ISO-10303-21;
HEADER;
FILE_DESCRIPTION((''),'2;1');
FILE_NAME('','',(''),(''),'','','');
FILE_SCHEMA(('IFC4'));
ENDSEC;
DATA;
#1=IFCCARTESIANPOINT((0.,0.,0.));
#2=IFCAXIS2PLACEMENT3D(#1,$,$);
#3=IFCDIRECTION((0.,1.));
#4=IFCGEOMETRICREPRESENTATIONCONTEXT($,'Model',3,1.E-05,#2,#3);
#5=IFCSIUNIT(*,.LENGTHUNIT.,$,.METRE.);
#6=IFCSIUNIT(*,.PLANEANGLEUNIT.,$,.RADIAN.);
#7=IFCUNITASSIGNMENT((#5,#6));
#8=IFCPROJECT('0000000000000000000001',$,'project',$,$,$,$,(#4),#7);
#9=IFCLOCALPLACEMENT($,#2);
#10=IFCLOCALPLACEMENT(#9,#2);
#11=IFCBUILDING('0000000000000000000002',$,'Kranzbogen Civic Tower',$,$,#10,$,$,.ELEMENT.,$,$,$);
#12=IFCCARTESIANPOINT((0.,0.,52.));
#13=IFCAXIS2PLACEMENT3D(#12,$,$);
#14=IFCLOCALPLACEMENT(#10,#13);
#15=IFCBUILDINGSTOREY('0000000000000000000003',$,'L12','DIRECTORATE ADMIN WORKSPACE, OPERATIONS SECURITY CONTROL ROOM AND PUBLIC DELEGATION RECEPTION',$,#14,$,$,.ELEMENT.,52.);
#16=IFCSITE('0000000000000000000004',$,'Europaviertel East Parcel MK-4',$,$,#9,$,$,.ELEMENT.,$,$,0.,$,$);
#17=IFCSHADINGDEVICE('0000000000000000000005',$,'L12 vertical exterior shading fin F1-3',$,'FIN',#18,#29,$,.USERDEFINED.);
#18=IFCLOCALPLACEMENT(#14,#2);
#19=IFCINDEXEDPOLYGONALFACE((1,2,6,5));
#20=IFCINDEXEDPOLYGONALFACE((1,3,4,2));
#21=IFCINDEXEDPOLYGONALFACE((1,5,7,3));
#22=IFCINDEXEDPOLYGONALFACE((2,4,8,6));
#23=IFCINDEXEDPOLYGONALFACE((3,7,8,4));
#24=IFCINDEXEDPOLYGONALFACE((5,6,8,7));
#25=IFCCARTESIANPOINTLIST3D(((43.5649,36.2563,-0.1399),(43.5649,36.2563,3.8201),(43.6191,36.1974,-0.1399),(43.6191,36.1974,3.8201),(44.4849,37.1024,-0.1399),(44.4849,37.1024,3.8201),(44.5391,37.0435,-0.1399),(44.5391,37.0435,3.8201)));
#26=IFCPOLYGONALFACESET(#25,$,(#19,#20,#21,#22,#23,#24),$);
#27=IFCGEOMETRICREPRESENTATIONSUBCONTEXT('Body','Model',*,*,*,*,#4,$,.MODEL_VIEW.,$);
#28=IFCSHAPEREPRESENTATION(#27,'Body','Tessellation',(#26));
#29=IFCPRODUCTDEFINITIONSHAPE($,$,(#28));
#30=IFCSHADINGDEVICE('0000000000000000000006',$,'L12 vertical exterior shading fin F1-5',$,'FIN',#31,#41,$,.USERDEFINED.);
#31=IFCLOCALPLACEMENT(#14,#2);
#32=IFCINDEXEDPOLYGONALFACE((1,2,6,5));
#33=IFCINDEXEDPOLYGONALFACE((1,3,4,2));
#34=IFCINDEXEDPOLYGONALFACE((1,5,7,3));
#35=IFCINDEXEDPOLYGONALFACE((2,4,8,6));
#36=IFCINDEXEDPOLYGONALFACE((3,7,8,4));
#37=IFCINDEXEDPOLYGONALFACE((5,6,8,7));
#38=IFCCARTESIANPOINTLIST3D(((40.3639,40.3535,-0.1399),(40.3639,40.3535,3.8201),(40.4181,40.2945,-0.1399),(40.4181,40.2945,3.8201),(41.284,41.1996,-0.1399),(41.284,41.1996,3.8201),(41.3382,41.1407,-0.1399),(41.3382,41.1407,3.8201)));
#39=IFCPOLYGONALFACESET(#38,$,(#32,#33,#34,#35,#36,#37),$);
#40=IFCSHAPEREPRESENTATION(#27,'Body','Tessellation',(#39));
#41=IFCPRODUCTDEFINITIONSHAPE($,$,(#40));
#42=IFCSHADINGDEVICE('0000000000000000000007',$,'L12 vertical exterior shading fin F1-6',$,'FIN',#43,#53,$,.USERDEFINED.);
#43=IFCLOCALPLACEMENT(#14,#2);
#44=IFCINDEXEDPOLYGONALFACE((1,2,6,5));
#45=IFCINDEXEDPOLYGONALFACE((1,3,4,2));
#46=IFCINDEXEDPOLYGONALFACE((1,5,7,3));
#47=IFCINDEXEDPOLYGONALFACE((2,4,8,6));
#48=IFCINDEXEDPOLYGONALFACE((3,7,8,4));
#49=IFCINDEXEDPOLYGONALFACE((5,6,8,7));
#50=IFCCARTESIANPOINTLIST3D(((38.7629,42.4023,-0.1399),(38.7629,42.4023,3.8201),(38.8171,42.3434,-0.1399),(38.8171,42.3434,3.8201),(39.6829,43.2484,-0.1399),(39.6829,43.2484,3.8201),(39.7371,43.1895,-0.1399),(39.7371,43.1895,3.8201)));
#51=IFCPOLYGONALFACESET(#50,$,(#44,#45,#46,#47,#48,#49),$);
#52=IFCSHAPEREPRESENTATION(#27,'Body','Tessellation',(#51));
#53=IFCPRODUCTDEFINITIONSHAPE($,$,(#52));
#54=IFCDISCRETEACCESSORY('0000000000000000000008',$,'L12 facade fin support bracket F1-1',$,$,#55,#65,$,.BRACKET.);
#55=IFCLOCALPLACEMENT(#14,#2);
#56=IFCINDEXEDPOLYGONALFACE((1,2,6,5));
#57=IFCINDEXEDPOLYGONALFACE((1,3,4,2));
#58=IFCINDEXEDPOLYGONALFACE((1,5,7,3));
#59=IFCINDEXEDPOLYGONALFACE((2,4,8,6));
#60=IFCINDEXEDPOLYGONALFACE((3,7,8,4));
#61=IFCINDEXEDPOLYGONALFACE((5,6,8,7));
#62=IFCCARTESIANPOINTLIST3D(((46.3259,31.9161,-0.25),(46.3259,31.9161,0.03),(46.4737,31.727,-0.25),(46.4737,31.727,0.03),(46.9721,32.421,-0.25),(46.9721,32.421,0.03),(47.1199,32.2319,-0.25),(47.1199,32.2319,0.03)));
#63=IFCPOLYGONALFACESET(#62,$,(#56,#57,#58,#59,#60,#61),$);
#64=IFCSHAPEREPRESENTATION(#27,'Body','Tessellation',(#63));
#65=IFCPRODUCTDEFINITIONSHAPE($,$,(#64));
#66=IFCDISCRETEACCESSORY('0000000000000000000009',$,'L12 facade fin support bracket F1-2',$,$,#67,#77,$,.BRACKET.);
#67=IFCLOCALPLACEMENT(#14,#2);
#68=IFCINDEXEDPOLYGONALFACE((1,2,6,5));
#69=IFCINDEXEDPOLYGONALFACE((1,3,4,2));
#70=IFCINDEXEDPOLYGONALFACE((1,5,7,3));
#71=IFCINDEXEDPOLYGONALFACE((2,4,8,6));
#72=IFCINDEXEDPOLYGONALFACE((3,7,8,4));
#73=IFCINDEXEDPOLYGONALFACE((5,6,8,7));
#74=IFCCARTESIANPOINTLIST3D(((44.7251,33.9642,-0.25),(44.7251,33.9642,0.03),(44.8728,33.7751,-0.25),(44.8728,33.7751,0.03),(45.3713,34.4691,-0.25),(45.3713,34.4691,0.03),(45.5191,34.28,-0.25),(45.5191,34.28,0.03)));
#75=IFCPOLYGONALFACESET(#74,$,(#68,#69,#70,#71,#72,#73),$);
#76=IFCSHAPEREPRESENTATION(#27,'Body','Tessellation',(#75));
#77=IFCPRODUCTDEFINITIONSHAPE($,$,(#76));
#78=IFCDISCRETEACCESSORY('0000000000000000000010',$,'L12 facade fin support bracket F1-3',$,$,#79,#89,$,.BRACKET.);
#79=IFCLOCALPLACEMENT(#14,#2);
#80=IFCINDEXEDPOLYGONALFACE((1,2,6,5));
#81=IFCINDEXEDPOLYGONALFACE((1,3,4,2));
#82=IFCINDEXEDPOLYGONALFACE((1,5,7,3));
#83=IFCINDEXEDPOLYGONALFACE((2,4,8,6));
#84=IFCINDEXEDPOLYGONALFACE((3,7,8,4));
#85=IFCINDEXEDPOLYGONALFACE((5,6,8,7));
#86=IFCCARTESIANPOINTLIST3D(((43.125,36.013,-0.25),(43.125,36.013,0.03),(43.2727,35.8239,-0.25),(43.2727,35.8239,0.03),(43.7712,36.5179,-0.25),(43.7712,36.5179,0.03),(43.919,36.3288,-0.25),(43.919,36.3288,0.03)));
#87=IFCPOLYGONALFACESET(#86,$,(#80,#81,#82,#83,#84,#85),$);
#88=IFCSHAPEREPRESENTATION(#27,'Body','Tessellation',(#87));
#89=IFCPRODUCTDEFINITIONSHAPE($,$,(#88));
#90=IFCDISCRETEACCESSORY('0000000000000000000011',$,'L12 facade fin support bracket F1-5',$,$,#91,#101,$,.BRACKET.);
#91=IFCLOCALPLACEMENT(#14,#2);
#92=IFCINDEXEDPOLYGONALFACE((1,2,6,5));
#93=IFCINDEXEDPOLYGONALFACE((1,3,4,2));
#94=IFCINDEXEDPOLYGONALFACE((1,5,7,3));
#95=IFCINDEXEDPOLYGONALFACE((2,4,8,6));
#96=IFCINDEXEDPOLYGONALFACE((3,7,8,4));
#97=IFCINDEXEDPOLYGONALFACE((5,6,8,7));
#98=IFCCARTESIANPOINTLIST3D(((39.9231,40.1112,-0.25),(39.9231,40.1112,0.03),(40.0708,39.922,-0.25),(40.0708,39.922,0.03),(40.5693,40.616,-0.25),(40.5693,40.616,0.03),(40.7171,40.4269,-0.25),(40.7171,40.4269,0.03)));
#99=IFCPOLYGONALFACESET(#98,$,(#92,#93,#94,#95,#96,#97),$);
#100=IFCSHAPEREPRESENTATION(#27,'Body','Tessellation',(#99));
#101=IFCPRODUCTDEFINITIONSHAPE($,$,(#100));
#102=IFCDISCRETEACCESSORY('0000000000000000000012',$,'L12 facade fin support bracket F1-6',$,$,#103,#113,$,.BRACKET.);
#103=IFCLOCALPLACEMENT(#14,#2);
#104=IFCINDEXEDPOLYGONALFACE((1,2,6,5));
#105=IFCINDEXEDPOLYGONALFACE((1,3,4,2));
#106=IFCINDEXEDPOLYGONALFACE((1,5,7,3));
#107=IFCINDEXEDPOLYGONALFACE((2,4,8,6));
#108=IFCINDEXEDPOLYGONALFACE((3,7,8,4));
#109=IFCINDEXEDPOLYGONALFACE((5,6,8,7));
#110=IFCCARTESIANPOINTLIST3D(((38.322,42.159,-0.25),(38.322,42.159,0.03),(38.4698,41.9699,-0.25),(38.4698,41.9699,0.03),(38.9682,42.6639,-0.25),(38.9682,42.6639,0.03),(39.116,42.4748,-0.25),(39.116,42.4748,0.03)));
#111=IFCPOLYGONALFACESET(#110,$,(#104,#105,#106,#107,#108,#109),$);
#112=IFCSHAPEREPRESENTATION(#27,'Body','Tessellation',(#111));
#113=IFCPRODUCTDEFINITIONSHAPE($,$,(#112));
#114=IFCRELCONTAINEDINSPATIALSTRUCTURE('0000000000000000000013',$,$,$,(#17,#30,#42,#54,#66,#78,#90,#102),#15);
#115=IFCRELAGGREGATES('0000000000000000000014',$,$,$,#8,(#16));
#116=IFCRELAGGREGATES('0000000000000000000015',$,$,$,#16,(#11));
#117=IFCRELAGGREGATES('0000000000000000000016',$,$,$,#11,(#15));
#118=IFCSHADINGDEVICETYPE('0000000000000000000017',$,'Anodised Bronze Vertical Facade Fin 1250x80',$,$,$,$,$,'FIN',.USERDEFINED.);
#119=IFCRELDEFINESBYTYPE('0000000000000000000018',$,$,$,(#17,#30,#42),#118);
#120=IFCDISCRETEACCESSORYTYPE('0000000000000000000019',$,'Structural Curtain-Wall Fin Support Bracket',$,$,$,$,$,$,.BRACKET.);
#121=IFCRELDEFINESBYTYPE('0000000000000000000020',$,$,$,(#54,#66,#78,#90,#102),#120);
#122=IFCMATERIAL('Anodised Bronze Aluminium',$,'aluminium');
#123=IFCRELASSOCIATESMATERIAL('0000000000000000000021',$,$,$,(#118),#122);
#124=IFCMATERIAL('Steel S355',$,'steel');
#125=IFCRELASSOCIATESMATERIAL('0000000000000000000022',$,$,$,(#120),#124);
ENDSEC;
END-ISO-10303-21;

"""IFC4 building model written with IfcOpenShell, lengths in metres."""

from ifc_helpers import new_model, si_unit, direction, frame, origin, origin_2d, place, context, subcontext, project, spatial, rectangle, extrude, material, type_object, element, save


model = new_model("IFC4")

# Units and contexts
model_context = context("Model", 3, precision=1e-05, world=origin(), true_north=direction((0.0, 1.0)))
body_context = subcontext(model_context, "Body", "Model", "MODEL_VIEW")
ifc_project = project(units=[si_unit("LENGTHUNIT", "METRE"), si_unit("PLANEANGLEUNIT", "RADIAN")], contexts=[model_context])

# Site, building, storey
site_placement = place(None, origin())
site = spatial("IfcSite", under=ifc_project, at=site_placement, Name="Europaviertel East Parcel MK-4", CompositionType="ELEMENT", RefElevation=0.0)
building_placement = place(site_placement, origin())
building = spatial("IfcBuilding", under=site, at=building_placement, Name="Kranzbogen Civic Tower", CompositionType="ELEMENT")
storey_placement = place(building_placement, frame((0.0, 0.0, 52.0)))
storey = spatial("IfcBuildingStorey", under=building, at=storey_placement, Name="L12", Description="DIRECTORATE ADMIN WORKSPACE, OPERATIONS SECURITY CONTROL ROOM AND PUBLIC DELEGATION RECEPTION", CompositionType="ELEMENT", Elevation=52.0)

# Shared definitions
ifc_material_1 = material(Name="Steel S355", Category="steel")

# Shading devices
ifc_material_2 = material(Name="Anodised Bronze Aluminium", Category="aluminium")
shading_device_type = type_object("IfcShadingDeviceType", Name="Anodised Bronze Vertical Facade Fin 1250x80", ElementType="FIN", PredefinedType="USERDEFINED", material=ifc_material_2)
for number, where, z_axis, x_axis, name in (
    (1, (44.052, 36.6499, -0.1399), (0.0, 0.0, 1.0), (0.736062, 0.676915, 0.0), "L12 vertical exterior shading fin F1-3"),
    (2, (40.8511, 40.7471, -0.1399), (0.0, 0.0, 1.0), (0.736062, 0.676915, 0.0), "L12 vertical exterior shading fin F1-5"),
    (3, (39.25, 42.7959, -0.1399), (0.0, 0.0, 1.0), (0.736062, 0.676915, 0.0), "L12 vertical exterior shading fin F1-6"),
):
    element("IfcShadingDevice", number, at=place(storey_placement, frame(where, z_axis=z_axis, x_axis=x_axis)), inside=storey, type_object=shading_device_type, Name=name, ObjectType="FIN", PredefinedType="USERDEFINED", context=body_context, shape_type="SweptSolid", body=[
        extrude(rectangle(XDim=1.25, YDim=0.0801, at=origin_2d()), origin(), (0.0, 0.0, 1.0), 3.96),
    ])

# Discrete accessories
discrete_accessory_type = type_object("IfcDiscreteAccessoryType", Name="Structural Curtain-Wall Fin Support Bracket", PredefinedType="BRACKET", material=ifc_material_1)
for number, where, z_axis, x_axis, name in (
    (4, (46.7229, 32.074, -0.25), (0.0, 0.0, 1.0), (0.788011, 0.615661, 0.0), "L12 facade fin support bracket F1-1"),
    (5, (45.1221, 34.1221, -0.25), (0.0, 0.0, 1.0), (0.788011, 0.615661, 0.0), "L12 facade fin support bracket F1-2"),
    (6, (43.522, 36.1709, -0.25), (0.0, 0.0, 1.0), (0.788011, 0.615661, 0.0), "L12 facade fin support bracket F1-3"),
    (7, (40.3201, 40.269, -0.25), (0.0, 0.0, 1.0), (0.788011, 0.615661, 0.0), "L12 facade fin support bracket F1-5"),
    (8, (38.719, 42.3169, -0.25), (0.0, 0.0, 1.0), (0.788011, 0.615661, 0.0), "L12 facade fin support bracket F1-6"),
):
    element("IfcDiscreteAccessory", number, at=place(storey_placement, frame(where, z_axis=z_axis, x_axis=x_axis)), inside=storey, type_object=discrete_accessory_type, Name=name, PredefinedType="BRACKET", context=body_context, shape_type="SweptSolid", body=[
        extrude(rectangle(XDim=0.8201, YDim=0.24, at=origin_2d()), origin(), (0.0, 0.0, 1.0), 0.28),
    ])

save(model, "model.ifc")
